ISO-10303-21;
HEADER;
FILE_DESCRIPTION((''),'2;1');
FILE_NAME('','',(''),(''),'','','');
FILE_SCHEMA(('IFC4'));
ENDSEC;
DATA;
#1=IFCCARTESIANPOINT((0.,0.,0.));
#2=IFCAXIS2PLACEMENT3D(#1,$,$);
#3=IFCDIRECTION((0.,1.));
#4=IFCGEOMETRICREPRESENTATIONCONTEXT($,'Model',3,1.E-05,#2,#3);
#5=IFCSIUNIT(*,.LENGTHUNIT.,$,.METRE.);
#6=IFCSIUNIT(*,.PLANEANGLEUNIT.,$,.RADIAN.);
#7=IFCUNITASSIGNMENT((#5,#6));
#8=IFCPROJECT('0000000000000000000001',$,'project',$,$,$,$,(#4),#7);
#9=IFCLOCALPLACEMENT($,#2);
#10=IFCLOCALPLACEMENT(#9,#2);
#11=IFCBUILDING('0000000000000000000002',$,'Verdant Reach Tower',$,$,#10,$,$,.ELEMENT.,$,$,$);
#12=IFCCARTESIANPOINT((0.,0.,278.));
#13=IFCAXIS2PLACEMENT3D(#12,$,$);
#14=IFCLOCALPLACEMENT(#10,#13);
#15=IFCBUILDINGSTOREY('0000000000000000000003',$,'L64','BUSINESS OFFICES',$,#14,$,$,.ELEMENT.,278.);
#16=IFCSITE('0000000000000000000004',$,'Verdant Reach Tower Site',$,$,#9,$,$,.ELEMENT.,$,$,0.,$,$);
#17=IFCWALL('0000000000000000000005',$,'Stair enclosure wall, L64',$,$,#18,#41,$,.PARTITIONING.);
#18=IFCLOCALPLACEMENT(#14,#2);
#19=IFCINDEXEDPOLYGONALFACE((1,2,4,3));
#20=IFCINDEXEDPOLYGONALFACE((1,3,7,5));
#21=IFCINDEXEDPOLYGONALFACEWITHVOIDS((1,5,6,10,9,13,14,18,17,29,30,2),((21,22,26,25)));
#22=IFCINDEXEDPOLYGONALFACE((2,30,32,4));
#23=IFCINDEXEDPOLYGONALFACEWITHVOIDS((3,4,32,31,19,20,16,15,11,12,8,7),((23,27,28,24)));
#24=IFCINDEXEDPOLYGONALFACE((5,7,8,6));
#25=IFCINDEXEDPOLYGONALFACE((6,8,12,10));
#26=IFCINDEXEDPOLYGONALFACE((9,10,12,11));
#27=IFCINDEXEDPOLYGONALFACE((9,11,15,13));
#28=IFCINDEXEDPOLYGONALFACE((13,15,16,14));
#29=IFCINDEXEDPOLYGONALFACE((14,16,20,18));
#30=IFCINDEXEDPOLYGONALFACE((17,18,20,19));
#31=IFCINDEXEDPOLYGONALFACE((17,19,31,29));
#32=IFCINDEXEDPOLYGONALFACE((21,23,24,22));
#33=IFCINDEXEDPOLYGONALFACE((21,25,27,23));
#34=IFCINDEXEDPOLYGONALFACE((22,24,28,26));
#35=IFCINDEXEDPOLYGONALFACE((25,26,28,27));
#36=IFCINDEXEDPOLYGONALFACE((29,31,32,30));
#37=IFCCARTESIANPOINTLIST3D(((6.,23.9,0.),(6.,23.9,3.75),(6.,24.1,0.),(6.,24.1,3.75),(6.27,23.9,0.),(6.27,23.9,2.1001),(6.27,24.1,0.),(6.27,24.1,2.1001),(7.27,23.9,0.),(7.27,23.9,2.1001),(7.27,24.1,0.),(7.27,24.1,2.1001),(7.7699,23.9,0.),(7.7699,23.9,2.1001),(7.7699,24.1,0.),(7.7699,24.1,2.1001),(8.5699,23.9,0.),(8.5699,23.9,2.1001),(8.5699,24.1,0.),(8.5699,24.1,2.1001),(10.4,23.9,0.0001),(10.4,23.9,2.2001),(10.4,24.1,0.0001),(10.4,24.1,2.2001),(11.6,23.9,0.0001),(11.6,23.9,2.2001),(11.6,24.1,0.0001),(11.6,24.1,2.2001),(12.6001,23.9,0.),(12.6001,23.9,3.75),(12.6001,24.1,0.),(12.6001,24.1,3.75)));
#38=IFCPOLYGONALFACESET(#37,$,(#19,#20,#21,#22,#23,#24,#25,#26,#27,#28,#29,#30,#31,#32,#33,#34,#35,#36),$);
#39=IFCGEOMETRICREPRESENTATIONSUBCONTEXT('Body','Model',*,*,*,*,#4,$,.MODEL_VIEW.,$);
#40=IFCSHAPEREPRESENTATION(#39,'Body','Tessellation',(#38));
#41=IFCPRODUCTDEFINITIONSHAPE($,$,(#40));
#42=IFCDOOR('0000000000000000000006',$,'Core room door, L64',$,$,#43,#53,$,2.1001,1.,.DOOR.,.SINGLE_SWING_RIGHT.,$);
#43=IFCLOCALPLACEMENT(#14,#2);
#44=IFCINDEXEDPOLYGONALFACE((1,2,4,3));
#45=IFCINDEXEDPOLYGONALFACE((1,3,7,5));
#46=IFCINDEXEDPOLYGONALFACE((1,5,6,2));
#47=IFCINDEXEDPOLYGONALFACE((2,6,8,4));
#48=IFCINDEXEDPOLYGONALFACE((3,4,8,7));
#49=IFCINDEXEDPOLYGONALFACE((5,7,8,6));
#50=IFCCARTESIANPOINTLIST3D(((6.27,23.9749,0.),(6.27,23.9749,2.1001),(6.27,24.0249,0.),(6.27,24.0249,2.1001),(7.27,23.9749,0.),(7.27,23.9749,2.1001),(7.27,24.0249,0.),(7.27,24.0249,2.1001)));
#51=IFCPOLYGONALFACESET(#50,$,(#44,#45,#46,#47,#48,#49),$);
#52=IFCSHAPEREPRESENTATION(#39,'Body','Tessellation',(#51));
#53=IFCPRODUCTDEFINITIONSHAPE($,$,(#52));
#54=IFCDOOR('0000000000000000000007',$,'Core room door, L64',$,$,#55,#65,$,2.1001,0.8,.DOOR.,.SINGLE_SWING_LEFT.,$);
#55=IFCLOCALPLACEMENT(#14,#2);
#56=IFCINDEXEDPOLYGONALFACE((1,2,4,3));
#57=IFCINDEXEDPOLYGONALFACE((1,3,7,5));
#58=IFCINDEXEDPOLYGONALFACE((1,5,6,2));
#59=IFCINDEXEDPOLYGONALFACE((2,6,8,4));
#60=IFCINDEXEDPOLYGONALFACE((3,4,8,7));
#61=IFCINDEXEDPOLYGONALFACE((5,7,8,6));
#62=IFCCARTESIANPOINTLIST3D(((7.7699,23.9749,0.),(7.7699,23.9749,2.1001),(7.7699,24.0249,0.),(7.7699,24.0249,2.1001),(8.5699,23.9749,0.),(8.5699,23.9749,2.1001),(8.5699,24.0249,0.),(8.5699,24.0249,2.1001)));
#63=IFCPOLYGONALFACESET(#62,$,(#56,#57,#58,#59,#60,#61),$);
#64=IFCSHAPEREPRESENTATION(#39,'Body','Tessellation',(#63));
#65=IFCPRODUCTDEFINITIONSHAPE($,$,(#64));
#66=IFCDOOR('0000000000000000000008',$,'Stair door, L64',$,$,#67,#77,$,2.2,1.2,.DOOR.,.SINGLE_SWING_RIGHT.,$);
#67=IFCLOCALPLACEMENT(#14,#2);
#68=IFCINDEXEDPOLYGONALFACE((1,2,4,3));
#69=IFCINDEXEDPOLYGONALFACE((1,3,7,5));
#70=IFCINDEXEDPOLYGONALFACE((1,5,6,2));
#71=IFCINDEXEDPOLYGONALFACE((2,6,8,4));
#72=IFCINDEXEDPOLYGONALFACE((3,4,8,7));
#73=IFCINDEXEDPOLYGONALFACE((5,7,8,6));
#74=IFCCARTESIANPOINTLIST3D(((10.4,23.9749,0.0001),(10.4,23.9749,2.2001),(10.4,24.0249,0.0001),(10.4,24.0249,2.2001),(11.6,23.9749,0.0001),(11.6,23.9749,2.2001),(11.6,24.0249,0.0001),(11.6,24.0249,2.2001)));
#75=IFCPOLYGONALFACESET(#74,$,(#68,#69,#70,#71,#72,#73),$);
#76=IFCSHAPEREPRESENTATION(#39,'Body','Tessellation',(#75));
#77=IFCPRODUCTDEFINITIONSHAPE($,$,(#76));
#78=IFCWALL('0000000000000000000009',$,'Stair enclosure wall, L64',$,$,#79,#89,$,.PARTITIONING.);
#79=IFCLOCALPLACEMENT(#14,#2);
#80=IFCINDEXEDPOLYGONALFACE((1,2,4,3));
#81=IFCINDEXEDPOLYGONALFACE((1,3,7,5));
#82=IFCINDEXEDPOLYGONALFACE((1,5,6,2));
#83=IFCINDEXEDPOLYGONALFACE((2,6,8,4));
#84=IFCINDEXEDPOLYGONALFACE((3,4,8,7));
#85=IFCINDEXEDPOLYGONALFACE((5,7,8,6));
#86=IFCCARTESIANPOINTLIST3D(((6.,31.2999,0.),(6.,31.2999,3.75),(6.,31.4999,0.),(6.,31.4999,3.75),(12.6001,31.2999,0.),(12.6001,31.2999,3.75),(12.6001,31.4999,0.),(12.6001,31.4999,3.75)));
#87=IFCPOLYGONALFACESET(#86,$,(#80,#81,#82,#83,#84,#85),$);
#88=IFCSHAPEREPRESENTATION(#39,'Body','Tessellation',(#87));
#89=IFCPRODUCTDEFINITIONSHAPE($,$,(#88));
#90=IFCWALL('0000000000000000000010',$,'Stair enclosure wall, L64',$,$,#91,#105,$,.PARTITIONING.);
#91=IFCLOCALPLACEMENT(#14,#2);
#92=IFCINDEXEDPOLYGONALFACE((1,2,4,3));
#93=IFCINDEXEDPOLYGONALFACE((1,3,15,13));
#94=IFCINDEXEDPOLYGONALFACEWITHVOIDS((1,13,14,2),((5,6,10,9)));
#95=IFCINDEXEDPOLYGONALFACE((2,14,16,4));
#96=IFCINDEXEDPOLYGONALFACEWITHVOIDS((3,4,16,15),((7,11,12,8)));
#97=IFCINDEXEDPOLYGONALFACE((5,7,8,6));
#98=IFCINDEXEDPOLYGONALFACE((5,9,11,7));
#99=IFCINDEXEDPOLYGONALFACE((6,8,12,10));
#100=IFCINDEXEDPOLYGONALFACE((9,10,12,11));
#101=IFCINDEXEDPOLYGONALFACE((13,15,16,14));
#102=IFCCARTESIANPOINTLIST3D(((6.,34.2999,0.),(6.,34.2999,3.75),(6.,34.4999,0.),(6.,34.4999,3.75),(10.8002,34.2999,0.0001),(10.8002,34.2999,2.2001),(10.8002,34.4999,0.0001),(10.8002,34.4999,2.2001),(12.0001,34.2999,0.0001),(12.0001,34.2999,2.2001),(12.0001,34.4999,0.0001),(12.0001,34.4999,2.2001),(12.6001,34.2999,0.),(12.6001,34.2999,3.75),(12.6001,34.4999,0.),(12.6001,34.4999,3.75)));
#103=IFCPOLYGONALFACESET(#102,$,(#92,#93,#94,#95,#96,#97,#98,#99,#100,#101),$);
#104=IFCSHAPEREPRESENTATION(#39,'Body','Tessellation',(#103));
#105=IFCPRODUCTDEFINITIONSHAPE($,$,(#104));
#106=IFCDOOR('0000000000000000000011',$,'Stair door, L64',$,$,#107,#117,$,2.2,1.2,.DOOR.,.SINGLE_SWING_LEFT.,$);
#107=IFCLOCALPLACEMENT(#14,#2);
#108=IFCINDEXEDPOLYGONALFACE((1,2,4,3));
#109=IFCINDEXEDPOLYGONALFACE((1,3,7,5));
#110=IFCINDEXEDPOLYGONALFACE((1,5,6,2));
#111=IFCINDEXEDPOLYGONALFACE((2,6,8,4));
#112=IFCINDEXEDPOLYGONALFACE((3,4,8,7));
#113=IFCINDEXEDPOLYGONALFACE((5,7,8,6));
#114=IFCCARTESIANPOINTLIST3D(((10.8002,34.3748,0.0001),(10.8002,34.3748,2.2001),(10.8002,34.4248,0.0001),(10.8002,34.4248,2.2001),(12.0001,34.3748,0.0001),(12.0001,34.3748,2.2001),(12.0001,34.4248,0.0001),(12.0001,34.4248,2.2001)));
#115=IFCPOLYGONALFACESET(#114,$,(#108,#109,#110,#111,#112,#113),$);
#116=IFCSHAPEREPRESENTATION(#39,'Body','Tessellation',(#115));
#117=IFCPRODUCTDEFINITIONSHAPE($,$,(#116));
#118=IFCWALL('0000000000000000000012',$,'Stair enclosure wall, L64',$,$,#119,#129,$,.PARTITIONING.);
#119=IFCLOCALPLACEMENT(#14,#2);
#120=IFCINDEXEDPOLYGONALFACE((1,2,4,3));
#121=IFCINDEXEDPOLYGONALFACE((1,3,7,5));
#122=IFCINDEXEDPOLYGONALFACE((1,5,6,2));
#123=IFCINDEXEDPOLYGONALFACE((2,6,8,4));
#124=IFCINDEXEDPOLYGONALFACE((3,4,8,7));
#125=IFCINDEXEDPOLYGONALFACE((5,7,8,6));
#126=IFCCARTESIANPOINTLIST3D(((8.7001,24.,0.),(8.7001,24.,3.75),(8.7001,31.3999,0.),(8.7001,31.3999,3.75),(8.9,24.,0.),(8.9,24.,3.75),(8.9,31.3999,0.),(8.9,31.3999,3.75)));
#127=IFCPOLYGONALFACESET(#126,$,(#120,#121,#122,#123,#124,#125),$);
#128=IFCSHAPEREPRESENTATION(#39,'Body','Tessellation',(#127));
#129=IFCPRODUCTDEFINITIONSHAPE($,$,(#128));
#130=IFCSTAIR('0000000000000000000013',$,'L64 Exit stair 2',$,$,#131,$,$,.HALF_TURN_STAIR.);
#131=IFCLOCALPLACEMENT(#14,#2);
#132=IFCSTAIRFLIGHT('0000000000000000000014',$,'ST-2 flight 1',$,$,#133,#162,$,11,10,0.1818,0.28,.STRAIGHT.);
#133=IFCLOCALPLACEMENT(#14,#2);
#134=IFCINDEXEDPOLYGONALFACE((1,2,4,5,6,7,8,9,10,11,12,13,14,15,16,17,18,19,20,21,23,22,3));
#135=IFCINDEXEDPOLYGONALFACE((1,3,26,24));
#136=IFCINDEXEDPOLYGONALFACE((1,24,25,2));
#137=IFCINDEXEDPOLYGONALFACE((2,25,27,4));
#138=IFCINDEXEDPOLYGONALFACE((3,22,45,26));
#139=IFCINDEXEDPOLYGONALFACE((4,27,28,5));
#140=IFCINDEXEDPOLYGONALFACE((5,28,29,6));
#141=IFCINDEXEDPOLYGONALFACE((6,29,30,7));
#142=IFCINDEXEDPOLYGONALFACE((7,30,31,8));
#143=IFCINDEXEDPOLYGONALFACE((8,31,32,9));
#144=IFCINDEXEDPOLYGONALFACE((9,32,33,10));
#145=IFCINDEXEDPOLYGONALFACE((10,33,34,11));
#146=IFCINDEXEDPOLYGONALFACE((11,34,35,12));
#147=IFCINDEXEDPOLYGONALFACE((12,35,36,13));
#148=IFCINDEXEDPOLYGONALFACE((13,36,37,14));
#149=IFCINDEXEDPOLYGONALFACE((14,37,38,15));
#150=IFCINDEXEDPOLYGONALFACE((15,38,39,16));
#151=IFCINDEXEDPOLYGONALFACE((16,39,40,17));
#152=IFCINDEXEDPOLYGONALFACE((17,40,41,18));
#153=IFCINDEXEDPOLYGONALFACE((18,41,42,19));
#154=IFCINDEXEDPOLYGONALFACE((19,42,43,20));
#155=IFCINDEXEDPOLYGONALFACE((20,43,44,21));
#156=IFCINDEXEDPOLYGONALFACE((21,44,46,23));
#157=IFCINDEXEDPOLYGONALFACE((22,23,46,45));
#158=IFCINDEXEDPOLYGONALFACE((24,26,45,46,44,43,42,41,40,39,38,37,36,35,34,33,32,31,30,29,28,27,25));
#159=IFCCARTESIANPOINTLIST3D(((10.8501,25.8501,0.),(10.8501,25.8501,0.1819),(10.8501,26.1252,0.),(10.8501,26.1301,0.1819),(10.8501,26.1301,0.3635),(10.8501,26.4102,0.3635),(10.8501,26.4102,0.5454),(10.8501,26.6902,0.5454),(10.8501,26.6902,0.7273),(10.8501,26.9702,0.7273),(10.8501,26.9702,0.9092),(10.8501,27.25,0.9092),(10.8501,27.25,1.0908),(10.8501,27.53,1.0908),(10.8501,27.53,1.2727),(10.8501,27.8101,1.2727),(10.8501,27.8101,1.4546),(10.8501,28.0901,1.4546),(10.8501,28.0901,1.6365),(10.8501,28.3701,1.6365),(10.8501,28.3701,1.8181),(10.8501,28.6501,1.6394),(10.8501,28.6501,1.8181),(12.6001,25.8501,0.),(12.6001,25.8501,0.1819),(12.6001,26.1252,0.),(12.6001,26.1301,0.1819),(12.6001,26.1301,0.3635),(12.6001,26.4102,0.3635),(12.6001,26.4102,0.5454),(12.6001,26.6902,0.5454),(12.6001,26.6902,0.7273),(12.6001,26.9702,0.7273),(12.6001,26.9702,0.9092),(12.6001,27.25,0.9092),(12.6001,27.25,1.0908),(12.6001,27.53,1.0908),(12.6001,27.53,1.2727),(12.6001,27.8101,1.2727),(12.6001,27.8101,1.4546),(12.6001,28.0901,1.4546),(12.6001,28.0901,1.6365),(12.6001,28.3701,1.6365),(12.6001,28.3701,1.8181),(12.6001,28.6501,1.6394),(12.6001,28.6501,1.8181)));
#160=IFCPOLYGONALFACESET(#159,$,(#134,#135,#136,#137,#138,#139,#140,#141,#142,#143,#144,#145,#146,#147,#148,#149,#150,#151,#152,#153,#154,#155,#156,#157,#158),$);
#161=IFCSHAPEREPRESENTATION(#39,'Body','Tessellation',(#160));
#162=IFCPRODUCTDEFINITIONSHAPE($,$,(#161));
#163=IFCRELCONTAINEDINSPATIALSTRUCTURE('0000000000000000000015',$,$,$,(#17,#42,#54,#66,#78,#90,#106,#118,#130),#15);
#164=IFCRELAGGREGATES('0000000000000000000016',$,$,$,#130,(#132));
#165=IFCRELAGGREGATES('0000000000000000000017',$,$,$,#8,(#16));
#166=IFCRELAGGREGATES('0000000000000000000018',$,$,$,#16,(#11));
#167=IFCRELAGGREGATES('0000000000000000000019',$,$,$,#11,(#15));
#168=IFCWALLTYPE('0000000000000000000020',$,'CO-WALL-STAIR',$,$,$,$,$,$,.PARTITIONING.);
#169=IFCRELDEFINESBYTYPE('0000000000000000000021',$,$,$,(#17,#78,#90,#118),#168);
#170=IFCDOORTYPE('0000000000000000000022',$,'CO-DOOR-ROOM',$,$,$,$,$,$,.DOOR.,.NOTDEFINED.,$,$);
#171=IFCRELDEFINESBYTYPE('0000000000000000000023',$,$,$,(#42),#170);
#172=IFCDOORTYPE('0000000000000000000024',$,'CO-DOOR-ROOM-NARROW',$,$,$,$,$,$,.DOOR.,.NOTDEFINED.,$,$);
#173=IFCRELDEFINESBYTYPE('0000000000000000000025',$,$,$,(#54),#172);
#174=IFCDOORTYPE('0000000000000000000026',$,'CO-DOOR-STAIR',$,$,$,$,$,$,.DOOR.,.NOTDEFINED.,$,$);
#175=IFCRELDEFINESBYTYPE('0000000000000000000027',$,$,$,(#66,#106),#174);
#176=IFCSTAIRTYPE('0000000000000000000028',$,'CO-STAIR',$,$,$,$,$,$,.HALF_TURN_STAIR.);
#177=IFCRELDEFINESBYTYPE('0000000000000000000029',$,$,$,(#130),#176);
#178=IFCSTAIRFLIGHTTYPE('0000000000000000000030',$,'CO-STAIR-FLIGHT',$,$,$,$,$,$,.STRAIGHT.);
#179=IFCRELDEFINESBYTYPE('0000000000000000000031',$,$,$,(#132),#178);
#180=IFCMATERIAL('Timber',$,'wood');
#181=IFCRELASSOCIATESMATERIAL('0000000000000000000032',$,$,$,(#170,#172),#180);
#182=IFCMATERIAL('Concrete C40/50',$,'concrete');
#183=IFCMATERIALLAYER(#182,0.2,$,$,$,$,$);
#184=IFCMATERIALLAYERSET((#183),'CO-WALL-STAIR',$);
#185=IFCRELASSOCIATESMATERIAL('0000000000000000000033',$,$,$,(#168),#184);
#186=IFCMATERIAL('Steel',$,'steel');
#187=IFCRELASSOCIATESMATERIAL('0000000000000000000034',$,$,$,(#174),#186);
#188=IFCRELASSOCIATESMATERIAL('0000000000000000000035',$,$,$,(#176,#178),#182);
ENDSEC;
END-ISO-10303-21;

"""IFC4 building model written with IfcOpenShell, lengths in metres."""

from ifc_helpers import new_model, si_unit, direction, frame, frame_2d, origin, place, context, subcontext, project, spatial, polyline, rectangle, outline, extrude, material, layer, layer_set, type_object, element, fill, aggregate, save


model = new_model("IFC4")

# Units and contexts
model_context = context("Model", 3, precision=1e-05, world=origin(), true_north=direction((0.0, 1.0)))
body_context = subcontext(model_context, "Body", "Model", "MODEL_VIEW")
ifc_project = project(units=[si_unit("LENGTHUNIT", "METRE"), si_unit("PLANEANGLEUNIT", "RADIAN")], contexts=[model_context])

# Site, building, storey
site_placement = place(None, origin())
site = spatial("IfcSite", under=ifc_project, at=site_placement, Name="Verdant Reach Tower Site", CompositionType="ELEMENT", RefElevation=0.0)
building_placement = place(site_placement, origin())
building = spatial("IfcBuilding", under=site, at=building_placement, Name="Verdant Reach Tower", CompositionType="ELEMENT")
storey_placement = place(building_placement, frame((0.0, 0.0, 278.0)))
storey = spatial("IfcBuildingStorey", under=building, at=storey_placement, Name="L64", Description="BUSINESS OFFICES", CompositionType="ELEMENT", Elevation=278.0)

# Shared definitions
ifc_material_1 = material(Name="Timber", Category="wood")
door_type_1 = type_object("IfcDoorType", Name="CO-DOOR-ROOM", OperationType="NOTDEFINED", PredefinedType="DOOR", material=ifc_material_1)

# Shared definitions
ifc_material_2 = material(Name="Concrete C40/50", Category="concrete")

# Wall, openings, doors
ifc_layer_1 = layer(ifc_material_2, 0.2)
ifc_layer_set_1 = layer_set([ifc_layer_1], Name="CO-WALL-STAIR")
wall_type_1 = type_object("IfcWallType", Name="CO-WALL-STAIR", PredefinedType="PARTITIONING", material=ifc_layer_set_1)
wall_1_placement = place(storey_placement, frame((6.0, 24.0, 0.0), z_axis=(0.0, 0.0, 1.0), x_axis=(1.0, 0.0, 0.0)))
wall_1 = element("IfcWall", 1, at=wall_1_placement, inside=storey, type_object=wall_type_1, Name="Stair enclosure wall, L64", PredefinedType="PARTITIONING", context=body_context, shape_type="SweptSolid", body=[
    extrude(rectangle(XDim=6.6001, YDim=0.2, at=frame_2d((3.3, 0.0))), origin(), (0.0, 0.0, 1.0), 3.75),
])
opening_1_placement = place(wall_1_placement, frame((0.27, 0.0, 0.0)))
opening_1 = element("IfcOpeningElement", 2, at=opening_1_placement, cuts=wall_1, PredefinedType="OPENING", context=body_context, shape_type="SweptSolid", body=[
    extrude(rectangle(XDim=1.0, YDim=2.1001, at=frame_2d((0.5, 1.05))), frame((0.0, 0.1099, 0.0), z_axis=(0.0, -1.0, 0.0), x_axis=(1.0, 0.0, 0.0)), (0.0, 0.0, 1.0), 0.22),
])
opening_2_placement = place(wall_1_placement, frame((1.77, 0.0, 0.0)))
opening_2 = element("IfcOpeningElement", 3, at=opening_2_placement, cuts=wall_1, PredefinedType="OPENING", context=body_context, shape_type="SweptSolid", body=[
    extrude(rectangle(XDim=0.8, YDim=2.1001, at=frame_2d((0.3999, 1.05))), frame((0.0, 0.1099, 0.0), z_axis=(0.0, -1.0, 0.0), x_axis=(1.0, 0.0, 0.0)), (0.0, 0.0, 1.0), 0.22),
])
opening_3_placement = place(wall_1_placement, frame((4.3999, 0.0, 0.0)))
opening_3 = element("IfcOpeningElement", 4, at=opening_3_placement, cuts=wall_1, PredefinedType="OPENING", context=body_context, shape_type="SweptSolid", body=[
    extrude(rectangle(XDim=1.2, YDim=2.2, at=frame_2d((0.6001, 1.1001))), frame((0.0, 0.1099, 0.0), z_axis=(0.0, -1.0, 0.0), x_axis=(1.0, 0.0, 0.0)), (0.0, 0.0, 1.0), 0.22),
])
door_1_placement = place(opening_1_placement, origin())
door_1 = element("IfcDoor", 5, at=door_1_placement, inside=storey, type_object=door_type_1, Name="Core room door, L64", OperationType="SINGLE_SWING_RIGHT", OverallHeight=2.1001, OverallWidth=1.0, PredefinedType="DOOR", context=body_context, shape_type="SweptSolid", body=[
    extrude(rectangle(XDim=1.0, YDim=2.1001, at=frame_2d((0.5, 1.05))), frame((0.0, 0.0249, 0.0), z_axis=(0.0, -1.0, 0.0), x_axis=(1.0, 0.0, 0.0)), (0.0, 0.0, 1.0), 0.05),
])
fill(opening_1, door_1)
door_type_2 = type_object("IfcDoorType", Name="CO-DOOR-ROOM-NARROW", OperationType="NOTDEFINED", PredefinedType="DOOR", material=ifc_material_1)
door_2_placement = place(opening_2_placement, origin())
door_2 = element("IfcDoor", 6, at=door_2_placement, inside=storey, type_object=door_type_2, Name="Core room door, L64", OperationType="SINGLE_SWING_LEFT", OverallHeight=2.1001, OverallWidth=0.8, PredefinedType="DOOR", context=body_context, shape_type="SweptSolid", body=[
    extrude(rectangle(XDim=0.8, YDim=2.1001, at=frame_2d((0.3999, 1.05))), frame((0.0, 0.0249, 0.0), z_axis=(0.0, -1.0, 0.0), x_axis=(1.0, 0.0, 0.0)), (0.0, 0.0, 1.0), 0.05),
])
fill(opening_2, door_2)
ifc_material_3 = material(Name="Steel", Category="steel")
door_type_3 = type_object("IfcDoorType", Name="CO-DOOR-STAIR", OperationType="NOTDEFINED", PredefinedType="DOOR", material=ifc_material_3)
door_3_placement = place(opening_3_placement, origin())
door_3 = element("IfcDoor", 7, at=door_3_placement, inside=storey, type_object=door_type_3, Name="Stair door, L64", OperationType="SINGLE_SWING_RIGHT", OverallHeight=2.2, OverallWidth=1.2, PredefinedType="DOOR", context=body_context, shape_type="SweptSolid", body=[
    extrude(rectangle(XDim=1.2, YDim=2.2, at=frame_2d((0.6001, 1.1001))), frame((0.0, 0.0249, 0.0), z_axis=(0.0, -1.0, 0.0), x_axis=(1.0, 0.0, 0.0)), (0.0, 0.0, 1.0), 0.05),
])
fill(opening_3, door_3)

# Wall
wall_2_placement = place(storey_placement, frame((6.0, 31.3999, 0.0), z_axis=(0.0, 0.0, 1.0), x_axis=(1.0, 0.0, 0.0)))
element("IfcWall", 8, at=wall_2_placement, inside=storey, type_object=wall_type_1, Name="Stair enclosure wall, L64", PredefinedType="PARTITIONING", context=body_context, shape_type="SweptSolid", body=[
    extrude(rectangle(XDim=6.6001, YDim=0.2, at=frame_2d((3.3, 0.0))), origin(), (0.0, 0.0, 1.0), 3.75),
])

# Wall, opening, door
wall_3_placement = place(storey_placement, frame((6.0, 34.3999, 0.0), z_axis=(0.0, 0.0, 1.0), x_axis=(1.0, 0.0, 0.0)))
wall_3 = element("IfcWall", 9, at=wall_3_placement, inside=storey, type_object=wall_type_1, Name="Stair enclosure wall, L64", PredefinedType="PARTITIONING", context=body_context, shape_type="SweptSolid", body=[
    extrude(rectangle(XDim=6.6001, YDim=0.2, at=frame_2d((3.3, 0.0))), origin(), (0.0, 0.0, 1.0), 3.75),
])
opening_4_placement = place(wall_3_placement, frame((4.8, 0.0, 0.0)))
opening_4 = element("IfcOpeningElement", 10, at=opening_4_placement, cuts=wall_3, PredefinedType="OPENING", context=body_context, shape_type="SweptSolid", body=[
    extrude(rectangle(XDim=1.2, YDim=2.2, at=frame_2d((0.6001, 1.1001))), frame((0.0, 0.1099, 0.0), z_axis=(0.0, -1.0, 0.0), x_axis=(1.0, 0.0, 0.0)), (0.0, 0.0, 1.0), 0.22),
])
door_4_placement = place(opening_4_placement, origin())
door_4 = element("IfcDoor", 11, at=door_4_placement, inside=storey, type_object=door_type_3, Name="Stair door, L64", OperationType="SINGLE_SWING_LEFT", OverallHeight=2.2, OverallWidth=1.2, PredefinedType="DOOR", context=body_context, shape_type="SweptSolid", body=[
    extrude(rectangle(XDim=1.2, YDim=2.2, at=frame_2d((0.6001, 1.1001))), frame((0.0, 0.0249, 0.0), z_axis=(0.0, -1.0, 0.0), x_axis=(1.0, 0.0, 0.0)), (0.0, 0.0, 1.0), 0.05),
])
fill(opening_4, door_4)

# Wall
wall_4_placement = place(storey_placement, frame((8.8, 24.0, 0.0), z_axis=(0.0, 0.0, 1.0), x_axis=(0.0, 1.0, 0.0)))
element("IfcWall", 12, at=wall_4_placement, inside=storey, type_object=wall_type_1, Name="Stair enclosure wall, L64", PredefinedType="PARTITIONING", context=body_context, shape_type="SweptSolid", body=[
    extrude(rectangle(XDim=7.3999, YDim=0.2, at=frame_2d((3.7, 0.0))), origin(), (0.0, 0.0, 1.0), 3.75),
])

# Stair, stair flight
stair_type = type_object("IfcStairType", Name="CO-STAIR", PredefinedType="HALF_TURN_STAIR", material=ifc_material_2)
stair_1_placement = place(storey_placement, origin())
stair_1 = element("IfcStair", 13, at=stair_1_placement, inside=storey, type_object=stair_type, Name="L64 Exit stair 2", PredefinedType="HALF_TURN_STAIR")
stair_flight_type = type_object("IfcStairFlightType", Name="CO-STAIR-FLIGHT", PredefinedType="STRAIGHT", material=ifc_material_2)
stair_flight_1_placement = place(storey_placement, frame((11.7251, 25.8501, 0.0), z_axis=(0.0, 0.0, 1.0), x_axis=(0.0, 1.0, 0.0)))
stair_flight_1 = element("IfcStairFlight", 14, at=stair_flight_1_placement, type_object=stair_flight_type, Name="ST-2 flight 1", NumberOfRisers=11, NumberOfTreads=10, PredefinedType="STRAIGHT", RiserHeight=0.1818, TreadLength=0.28, context=body_context, shape_type="SweptSolid", body=[
    extrude(outline(polyline([(0.0, 0.0), (0.0, 0.1819), (0.28, 0.1819), (0.28, 0.3635), (0.5601, 0.3635), (0.5601, 0.5454), (0.8401, 0.5454), (0.8401, 0.7273), (1.1201, 0.7273), (1.1201, 0.9092), (1.3999, 0.9092), (1.3999, 1.0908), (1.6799, 1.0908), (1.6799, 1.2727), (1.96, 1.2727), (1.96, 1.4546), (2.24, 1.4546), (2.24, 1.6365), (2.52, 1.6365), (2.52, 1.8181), (2.8, 1.8181), (2.8, 2.0), (2.8, 1.6394), (0.2751, 0.0), (0.0, 0.0)])), frame((0.0, 0.875, 0.0), z_axis=(0.0, -1.0, 0.0), x_axis=(1.0, 0.0, 0.0)), (0.0, 0.0, 1.0), 1.75),
])
aggregate(stair_1, [stair_flight_1])

save(model, "model.ifc")
